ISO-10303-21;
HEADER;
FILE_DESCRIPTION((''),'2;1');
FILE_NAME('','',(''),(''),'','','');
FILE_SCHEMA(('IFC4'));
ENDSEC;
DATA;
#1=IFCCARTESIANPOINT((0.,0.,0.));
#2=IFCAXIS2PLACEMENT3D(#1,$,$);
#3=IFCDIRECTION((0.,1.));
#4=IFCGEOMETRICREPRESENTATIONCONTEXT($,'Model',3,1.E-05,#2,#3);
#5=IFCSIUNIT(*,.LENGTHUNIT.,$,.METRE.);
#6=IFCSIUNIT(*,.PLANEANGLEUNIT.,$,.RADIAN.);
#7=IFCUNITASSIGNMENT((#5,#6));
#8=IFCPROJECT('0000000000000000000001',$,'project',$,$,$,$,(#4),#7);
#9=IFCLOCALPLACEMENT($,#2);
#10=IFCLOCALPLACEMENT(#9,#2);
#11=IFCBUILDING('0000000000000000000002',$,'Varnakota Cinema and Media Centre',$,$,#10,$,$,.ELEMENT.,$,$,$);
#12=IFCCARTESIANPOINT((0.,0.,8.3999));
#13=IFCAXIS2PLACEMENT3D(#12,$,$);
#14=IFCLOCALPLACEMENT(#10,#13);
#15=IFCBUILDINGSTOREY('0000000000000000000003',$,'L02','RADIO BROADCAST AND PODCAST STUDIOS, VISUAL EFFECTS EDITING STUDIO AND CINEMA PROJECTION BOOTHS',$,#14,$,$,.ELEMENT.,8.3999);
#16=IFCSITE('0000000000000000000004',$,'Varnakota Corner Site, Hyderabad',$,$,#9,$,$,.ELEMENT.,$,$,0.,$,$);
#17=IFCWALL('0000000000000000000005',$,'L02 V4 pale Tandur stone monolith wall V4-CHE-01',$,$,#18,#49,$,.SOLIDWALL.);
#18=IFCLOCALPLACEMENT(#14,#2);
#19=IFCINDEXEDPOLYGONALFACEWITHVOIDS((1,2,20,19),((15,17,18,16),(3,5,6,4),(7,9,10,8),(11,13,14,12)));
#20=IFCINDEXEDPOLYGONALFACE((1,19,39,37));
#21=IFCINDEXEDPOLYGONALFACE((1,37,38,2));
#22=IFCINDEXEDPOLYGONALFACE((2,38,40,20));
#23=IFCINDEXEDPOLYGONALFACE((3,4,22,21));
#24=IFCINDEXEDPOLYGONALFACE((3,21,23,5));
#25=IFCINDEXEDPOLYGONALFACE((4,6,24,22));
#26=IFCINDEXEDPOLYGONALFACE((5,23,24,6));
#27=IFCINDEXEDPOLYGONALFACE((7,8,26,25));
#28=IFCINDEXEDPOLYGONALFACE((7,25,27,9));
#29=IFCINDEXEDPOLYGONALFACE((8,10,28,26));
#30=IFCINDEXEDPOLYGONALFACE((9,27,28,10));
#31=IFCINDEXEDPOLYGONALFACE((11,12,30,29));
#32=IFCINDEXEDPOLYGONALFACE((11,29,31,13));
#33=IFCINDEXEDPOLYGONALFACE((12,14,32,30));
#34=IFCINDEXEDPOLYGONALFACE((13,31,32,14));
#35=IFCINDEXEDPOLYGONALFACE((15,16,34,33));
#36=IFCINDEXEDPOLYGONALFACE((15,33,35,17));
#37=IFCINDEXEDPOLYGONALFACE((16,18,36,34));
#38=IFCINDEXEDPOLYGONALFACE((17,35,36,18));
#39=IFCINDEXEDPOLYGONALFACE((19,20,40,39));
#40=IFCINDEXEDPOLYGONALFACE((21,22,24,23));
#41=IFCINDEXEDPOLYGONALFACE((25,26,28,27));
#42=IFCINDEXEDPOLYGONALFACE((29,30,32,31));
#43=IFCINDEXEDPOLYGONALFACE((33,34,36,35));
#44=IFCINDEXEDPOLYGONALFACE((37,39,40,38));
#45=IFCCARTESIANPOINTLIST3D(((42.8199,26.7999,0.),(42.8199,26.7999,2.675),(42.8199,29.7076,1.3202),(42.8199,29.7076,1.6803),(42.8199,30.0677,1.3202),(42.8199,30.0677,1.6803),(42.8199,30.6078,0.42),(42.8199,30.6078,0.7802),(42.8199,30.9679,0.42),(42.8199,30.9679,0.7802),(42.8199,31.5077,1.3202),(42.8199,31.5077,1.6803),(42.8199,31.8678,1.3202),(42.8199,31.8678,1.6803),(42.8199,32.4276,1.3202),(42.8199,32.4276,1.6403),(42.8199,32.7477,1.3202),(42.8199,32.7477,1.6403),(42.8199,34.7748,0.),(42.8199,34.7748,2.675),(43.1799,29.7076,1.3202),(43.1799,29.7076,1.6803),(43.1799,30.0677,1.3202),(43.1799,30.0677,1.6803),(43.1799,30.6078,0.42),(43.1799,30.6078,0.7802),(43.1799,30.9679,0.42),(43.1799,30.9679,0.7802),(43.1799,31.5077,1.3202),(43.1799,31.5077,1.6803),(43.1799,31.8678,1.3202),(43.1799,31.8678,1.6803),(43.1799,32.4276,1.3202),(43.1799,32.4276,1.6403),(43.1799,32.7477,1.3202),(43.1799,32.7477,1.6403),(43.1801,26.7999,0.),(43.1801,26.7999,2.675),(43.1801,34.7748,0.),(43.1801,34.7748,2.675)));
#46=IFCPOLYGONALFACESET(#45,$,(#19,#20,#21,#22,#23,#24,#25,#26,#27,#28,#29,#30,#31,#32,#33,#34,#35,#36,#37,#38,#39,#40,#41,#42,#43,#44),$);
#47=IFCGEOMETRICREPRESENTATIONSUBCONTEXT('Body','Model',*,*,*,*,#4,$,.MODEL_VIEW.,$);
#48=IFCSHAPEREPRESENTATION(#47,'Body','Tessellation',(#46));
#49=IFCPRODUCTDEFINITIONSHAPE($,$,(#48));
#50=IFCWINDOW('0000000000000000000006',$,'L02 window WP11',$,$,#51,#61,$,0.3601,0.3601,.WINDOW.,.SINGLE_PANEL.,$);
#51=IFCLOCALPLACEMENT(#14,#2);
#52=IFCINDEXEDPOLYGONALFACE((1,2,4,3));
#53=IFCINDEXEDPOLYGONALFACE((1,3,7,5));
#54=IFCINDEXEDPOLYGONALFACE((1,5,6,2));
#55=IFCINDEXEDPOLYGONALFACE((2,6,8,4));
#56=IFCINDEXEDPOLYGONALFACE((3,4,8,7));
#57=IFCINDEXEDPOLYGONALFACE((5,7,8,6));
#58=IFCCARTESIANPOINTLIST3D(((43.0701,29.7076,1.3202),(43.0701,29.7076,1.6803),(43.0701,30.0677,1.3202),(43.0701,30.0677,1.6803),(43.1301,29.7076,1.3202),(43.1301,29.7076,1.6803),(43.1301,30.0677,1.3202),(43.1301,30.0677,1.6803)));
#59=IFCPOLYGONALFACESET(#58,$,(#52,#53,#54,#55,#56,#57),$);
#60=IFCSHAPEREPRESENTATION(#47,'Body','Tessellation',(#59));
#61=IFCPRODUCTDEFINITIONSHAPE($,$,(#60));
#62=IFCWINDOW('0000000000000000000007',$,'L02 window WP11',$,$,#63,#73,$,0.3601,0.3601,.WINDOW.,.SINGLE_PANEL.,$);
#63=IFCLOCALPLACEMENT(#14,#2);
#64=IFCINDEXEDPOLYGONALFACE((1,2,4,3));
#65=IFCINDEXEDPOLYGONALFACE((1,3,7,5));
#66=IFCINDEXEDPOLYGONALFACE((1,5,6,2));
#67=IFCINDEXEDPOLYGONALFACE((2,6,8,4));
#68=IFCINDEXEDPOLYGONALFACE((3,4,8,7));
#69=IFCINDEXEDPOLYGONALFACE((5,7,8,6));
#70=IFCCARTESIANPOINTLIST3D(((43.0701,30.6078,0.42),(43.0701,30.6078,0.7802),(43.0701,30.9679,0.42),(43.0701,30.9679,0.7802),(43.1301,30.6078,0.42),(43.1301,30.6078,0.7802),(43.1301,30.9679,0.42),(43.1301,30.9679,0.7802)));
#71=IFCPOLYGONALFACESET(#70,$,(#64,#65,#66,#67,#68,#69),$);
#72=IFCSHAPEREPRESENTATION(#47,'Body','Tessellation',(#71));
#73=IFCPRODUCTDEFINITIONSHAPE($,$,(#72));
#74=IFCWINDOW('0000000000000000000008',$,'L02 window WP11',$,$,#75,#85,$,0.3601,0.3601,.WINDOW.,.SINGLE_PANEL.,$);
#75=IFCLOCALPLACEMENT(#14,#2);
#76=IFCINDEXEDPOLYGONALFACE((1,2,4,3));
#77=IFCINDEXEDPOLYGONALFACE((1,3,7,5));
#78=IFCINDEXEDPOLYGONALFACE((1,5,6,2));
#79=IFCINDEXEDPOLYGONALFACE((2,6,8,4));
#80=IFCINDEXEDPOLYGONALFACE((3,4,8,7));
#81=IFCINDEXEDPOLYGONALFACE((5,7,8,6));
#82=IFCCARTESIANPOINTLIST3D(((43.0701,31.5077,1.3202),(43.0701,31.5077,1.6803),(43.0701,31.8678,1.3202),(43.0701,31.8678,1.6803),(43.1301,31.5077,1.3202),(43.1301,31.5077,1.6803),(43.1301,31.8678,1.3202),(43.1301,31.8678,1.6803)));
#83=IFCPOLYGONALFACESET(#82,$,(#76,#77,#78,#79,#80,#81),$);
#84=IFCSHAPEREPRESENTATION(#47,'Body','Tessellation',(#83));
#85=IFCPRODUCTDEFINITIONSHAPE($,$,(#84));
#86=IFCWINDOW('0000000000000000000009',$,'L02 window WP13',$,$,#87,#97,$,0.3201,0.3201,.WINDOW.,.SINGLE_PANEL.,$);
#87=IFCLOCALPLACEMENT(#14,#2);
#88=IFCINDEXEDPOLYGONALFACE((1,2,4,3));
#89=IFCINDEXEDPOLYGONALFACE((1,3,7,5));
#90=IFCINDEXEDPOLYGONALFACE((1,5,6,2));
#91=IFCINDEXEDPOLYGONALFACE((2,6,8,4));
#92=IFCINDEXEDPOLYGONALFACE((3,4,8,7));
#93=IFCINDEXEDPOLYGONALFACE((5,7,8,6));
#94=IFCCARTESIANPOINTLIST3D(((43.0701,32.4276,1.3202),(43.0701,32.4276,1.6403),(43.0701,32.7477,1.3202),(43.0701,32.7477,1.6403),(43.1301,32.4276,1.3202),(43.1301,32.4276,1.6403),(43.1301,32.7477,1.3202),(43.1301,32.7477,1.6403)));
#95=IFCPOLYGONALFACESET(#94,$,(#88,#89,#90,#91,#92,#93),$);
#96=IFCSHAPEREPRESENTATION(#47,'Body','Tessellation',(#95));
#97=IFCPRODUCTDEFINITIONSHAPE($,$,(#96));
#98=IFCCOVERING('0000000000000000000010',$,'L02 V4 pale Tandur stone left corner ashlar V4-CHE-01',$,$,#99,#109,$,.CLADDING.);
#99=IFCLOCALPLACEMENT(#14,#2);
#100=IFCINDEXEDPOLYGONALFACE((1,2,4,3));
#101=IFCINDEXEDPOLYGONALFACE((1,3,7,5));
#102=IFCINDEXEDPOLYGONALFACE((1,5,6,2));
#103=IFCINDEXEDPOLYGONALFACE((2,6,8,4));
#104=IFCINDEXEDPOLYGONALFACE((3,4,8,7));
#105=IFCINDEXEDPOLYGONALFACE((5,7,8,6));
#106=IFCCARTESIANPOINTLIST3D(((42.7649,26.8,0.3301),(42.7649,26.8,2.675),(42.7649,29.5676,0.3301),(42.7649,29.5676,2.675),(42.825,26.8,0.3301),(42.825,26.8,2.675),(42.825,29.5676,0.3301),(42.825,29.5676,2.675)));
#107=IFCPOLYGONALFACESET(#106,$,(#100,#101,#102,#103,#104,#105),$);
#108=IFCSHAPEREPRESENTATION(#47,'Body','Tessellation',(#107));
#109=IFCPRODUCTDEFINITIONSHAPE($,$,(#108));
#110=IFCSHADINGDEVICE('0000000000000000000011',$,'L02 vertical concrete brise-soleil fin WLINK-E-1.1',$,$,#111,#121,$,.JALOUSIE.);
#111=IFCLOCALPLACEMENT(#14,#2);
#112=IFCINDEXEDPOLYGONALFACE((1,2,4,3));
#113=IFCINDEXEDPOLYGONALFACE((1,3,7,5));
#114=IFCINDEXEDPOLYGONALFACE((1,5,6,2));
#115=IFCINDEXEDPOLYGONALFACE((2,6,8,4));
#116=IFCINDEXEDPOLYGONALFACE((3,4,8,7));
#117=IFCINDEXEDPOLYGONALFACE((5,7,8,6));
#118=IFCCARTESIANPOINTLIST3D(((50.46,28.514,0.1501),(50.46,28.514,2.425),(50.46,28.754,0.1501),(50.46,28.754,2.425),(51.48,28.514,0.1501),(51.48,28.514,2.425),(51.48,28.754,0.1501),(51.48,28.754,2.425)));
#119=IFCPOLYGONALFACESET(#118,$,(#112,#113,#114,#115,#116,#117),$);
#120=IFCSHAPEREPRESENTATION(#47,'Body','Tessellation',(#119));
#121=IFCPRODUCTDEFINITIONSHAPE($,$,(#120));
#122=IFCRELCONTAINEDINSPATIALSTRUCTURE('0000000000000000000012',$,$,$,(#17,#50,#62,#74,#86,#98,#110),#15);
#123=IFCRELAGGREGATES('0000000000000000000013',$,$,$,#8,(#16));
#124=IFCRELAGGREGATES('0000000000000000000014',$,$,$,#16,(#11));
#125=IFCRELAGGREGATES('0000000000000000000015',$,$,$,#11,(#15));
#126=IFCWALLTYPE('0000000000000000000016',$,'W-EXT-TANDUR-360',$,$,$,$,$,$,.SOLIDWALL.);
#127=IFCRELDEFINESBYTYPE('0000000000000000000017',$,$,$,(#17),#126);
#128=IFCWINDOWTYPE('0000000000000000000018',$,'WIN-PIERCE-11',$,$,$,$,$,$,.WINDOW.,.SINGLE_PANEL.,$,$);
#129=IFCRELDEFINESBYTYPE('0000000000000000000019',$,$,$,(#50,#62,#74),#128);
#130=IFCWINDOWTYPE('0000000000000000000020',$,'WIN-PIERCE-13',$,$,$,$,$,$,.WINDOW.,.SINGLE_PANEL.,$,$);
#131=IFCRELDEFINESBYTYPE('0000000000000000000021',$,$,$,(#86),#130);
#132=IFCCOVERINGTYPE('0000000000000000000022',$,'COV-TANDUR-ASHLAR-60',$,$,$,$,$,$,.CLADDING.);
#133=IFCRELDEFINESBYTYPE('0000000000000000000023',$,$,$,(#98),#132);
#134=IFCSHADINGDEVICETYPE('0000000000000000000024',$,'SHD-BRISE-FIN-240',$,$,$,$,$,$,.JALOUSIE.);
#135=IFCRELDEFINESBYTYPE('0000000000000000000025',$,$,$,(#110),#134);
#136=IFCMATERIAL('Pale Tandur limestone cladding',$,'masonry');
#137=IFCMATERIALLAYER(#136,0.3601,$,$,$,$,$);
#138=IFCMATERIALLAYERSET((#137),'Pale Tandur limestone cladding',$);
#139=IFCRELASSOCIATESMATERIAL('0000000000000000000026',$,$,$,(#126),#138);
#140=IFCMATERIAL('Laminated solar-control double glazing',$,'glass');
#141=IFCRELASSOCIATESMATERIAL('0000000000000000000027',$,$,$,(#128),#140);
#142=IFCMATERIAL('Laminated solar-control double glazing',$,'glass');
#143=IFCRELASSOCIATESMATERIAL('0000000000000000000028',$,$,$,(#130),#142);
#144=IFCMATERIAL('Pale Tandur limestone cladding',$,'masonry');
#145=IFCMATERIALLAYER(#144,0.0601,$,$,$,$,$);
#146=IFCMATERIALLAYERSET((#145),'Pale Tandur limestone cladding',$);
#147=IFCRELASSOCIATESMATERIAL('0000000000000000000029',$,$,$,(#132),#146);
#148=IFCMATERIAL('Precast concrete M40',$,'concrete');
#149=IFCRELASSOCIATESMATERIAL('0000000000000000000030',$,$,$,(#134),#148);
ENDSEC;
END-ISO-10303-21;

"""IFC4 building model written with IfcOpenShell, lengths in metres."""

from ifc_helpers import new_model, si_unit, direction, frame, frame_2d, origin, origin_2d, place, context, subcontext, project, spatial, rectangle, extrude, material, layer, layer_set, type_object, element, fill, save


model = new_model("IFC4")

# Units and contexts
model_context = context("Model", 3, precision=1e-05, world=origin(), true_north=direction((0.0, 1.0)))
body_context = subcontext(model_context, "Body", "Model", "MODEL_VIEW")
ifc_project = project(units=[si_unit("LENGTHUNIT", "METRE"), si_unit("PLANEANGLEUNIT", "RADIAN")], contexts=[model_context])

# Site, building, storey
site_placement = place(None, origin())
site = spatial("IfcSite", under=ifc_project, at=site_placement, Name="Varnakota Corner Site, Hyderabad", CompositionType="ELEMENT", RefElevation=0.0)
building_placement = place(site_placement, origin())
building = spatial("IfcBuilding", under=site, at=building_placement, Name="Varnakota Cinema and Media Centre", CompositionType="ELEMENT")
storey_placement = place(building_placement, frame((0.0, 0.0, 8.3999)))
storey = spatial("IfcBuildingStorey", under=building, at=storey_placement, Name="L02", Description="RADIO BROADCAST AND PODCAST STUDIOS, VISUAL EFFECTS EDITING STUDIO AND CINEMA PROJECTION BOOTHS", CompositionType="ELEMENT", Elevation=8.3999)

# Wall, openings, windows
ifc_material_1 = material(Name="Pale Tandur limestone cladding", Category="masonry")
ifc_layer_1 = layer(ifc_material_1, 0.3601)
ifc_layer_set_1 = layer_set([ifc_layer_1], Name="Pale Tandur limestone cladding")
wall_type_1 = type_object("IfcWallType", Name="W-EXT-TANDUR-360", PredefinedType="SOLIDWALL", material=ifc_layer_set_1)
wall_1_placement = place(storey_placement, frame((43.0, 26.8, 0.0), z_axis=(0.0, 0.0, 1.0), x_axis=(0.0, 1.0, 0.0)))
wall_1 = element("IfcWall", 1, at=wall_1_placement, inside=storey, type_object=wall_type_1, Name="L02 V4 pale Tandur stone monolith wall V4-CHE-01", PredefinedType="SOLIDWALL", context=body_context, shape_type="SweptSolid", body=[
    extrude(rectangle(XDim=7.9749, YDim=0.3601, at=frame_2d((3.9873, 0.0))), origin(), (0.0, 0.0, 1.0), 2.675),
])
opening_1_placement = place(wall_1_placement, frame((2.9075, 0.0, 1.3201)))
opening_1 = element("IfcOpeningElement", 2, at=opening_1_placement, cuts=wall_1, PredefinedType="OPENING", context=body_context, shape_type="SweptSolid", body=[
    extrude(rectangle(XDim=0.3601, YDim=0.3601, at=frame_2d((0.1802, 0.1802))), frame((0.0, 0.1802, 0.0), z_axis=(0.0, -1.0, 0.0), x_axis=(1.0, 0.0, 0.0)), (0.0, 0.0, 1.0), 0.3601),
])
opening_2_placement = place(wall_1_placement, frame((3.8076, 0.0, 0.4199)))
opening_2 = element("IfcOpeningElement", 3, at=opening_2_placement, cuts=wall_1, PredefinedType="OPENING", context=body_context, shape_type="SweptSolid", body=[
    extrude(rectangle(XDim=0.3601, YDim=0.3601, at=frame_2d((0.1802, 0.1802))), frame((0.0, 0.1802, 0.0), z_axis=(0.0, -1.0, 0.0), x_axis=(1.0, 0.0, 0.0)), (0.0, 0.0, 1.0), 0.3601),
])
opening_3_placement = place(wall_1_placement, frame((4.7075, 0.0, 1.3201)))
opening_3 = element("IfcOpeningElement", 4, at=opening_3_placement, cuts=wall_1, PredefinedType="OPENING", context=body_context, shape_type="SweptSolid", body=[
    extrude(rectangle(XDim=0.3601, YDim=0.3601, at=frame_2d((0.1802, 0.1802))), frame((0.0, 0.1802, 0.0), z_axis=(0.0, -1.0, 0.0), x_axis=(1.0, 0.0, 0.0)), (0.0, 0.0, 1.0), 0.3601),
])
opening_4_placement = place(wall_1_placement, frame((5.6274, 0.0, 1.3201)))
opening_4 = element("IfcOpeningElement", 5, at=opening_4_placement, cuts=wall_1, PredefinedType="OPENING", context=body_context, shape_type="SweptSolid", body=[
    extrude(rectangle(XDim=0.3201, YDim=0.3201, at=frame_2d((0.1602, 0.1602))), frame((0.0, 0.1802, 0.0), z_axis=(0.0, -1.0, 0.0), x_axis=(1.0, 0.0, 0.0)), (0.0, 0.0, 1.0), 0.3601),
])
ifc_material_2 = material(Name="Laminated solar-control double glazing", Category="glass")
window_type_1 = type_object("IfcWindowType", Name="WIN-PIERCE-11", PartitioningType="SINGLE_PANEL", PredefinedType="WINDOW", material=ifc_material_2)
window_1_placement = place(opening_1_placement, origin())
window_1 = element("IfcWindow", 6, at=window_1_placement, inside=storey, type_object=window_type_1, Name="L02 window WP11", OverallHeight=0.3601, OverallWidth=0.3601, PartitioningType="SINGLE_PANEL", PredefinedType="WINDOW", context=body_context, shape_type="SweptSolid", body=[
    extrude(rectangle(XDim=0.3601, YDim=0.3601, at=frame_2d((0.1802, 0.1802))), frame((0.0, -0.0701, 0.0), z_axis=(0.0, -1.0, 0.0), x_axis=(1.0, 0.0, 0.0)), (0.0, 0.0, 1.0), 0.0601),
])
fill(opening_1, window_1)
window_2_placement = place(opening_2_placement, origin())
window_2 = element("IfcWindow", 7, at=window_2_placement, inside=storey, type_object=window_type_1, Name="L02 window WP11", OverallHeight=0.3601, OverallWidth=0.3601, PartitioningType="SINGLE_PANEL", PredefinedType="WINDOW", context=body_context, shape_type="SweptSolid", body=[
    extrude(rectangle(XDim=0.3601, YDim=0.3601, at=frame_2d((0.1802, 0.1802))), frame((0.0, -0.0701, 0.0), z_axis=(0.0, -1.0, 0.0), x_axis=(1.0, 0.0, 0.0)), (0.0, 0.0, 1.0), 0.0601),
])
fill(opening_2, window_2)
window_3_placement = place(opening_3_placement, origin())
window_3 = element("IfcWindow", 8, at=window_3_placement, inside=storey, type_object=window_type_1, Name="L02 window WP11", OverallHeight=0.3601, OverallWidth=0.3601, PartitioningType="SINGLE_PANEL", PredefinedType="WINDOW", context=body_context, shape_type="SweptSolid", body=[
    extrude(rectangle(XDim=0.3601, YDim=0.3601, at=frame_2d((0.1802, 0.1802))), frame((0.0, -0.0701, 0.0), z_axis=(0.0, -1.0, 0.0), x_axis=(1.0, 0.0, 0.0)), (0.0, 0.0, 1.0), 0.0601),
])
fill(opening_3, window_3)
ifc_material_3 = material(Name="Laminated solar-control double glazing", Category="glass")
window_type_2 = type_object("IfcWindowType", Name="WIN-PIERCE-13", PartitioningType="SINGLE_PANEL", PredefinedType="WINDOW", material=ifc_material_3)
window_4_placement = place(opening_4_placement, origin())
window_4 = element("IfcWindow", 9, at=window_4_placement, inside=storey, type_object=window_type_2, Name="L02 window WP13", OverallHeight=0.3201, OverallWidth=0.3201, PartitioningType="SINGLE_PANEL", PredefinedType="WINDOW", context=body_context, shape_type="SweptSolid", body=[
    extrude(rectangle(XDim=0.3201, YDim=0.3201, at=frame_2d((0.1602, 0.1602))), frame((0.0, -0.0701, 0.0), z_axis=(0.0, -1.0, 0.0), x_axis=(1.0, 0.0, 0.0)), (0.0, 0.0, 1.0), 0.0601),
])
fill(opening_4, window_4)

# Covering
ifc_material_4 = material(Name="Pale Tandur limestone cladding", Category="masonry")
ifc_layer_2 = layer(ifc_material_4, 0.0601)
ifc_layer_set_2 = layer_set([ifc_layer_2], Name="Pale Tandur limestone cladding")
covering_type = type_object("IfcCoveringType", Name="COV-TANDUR-ASHLAR-60", PredefinedType="CLADDING", material=ifc_layer_set_2)
covering_placement = place(storey_placement, frame((42.7949, 28.1838, 0.3301), z_axis=(0.0, 0.0, 1.0), x_axis=(0.0, 1.0, 0.0)))
element("IfcCovering", 10, at=covering_placement, inside=storey, type_object=covering_type, Name="L02 V4 pale Tandur stone left corner ashlar V4-CHE-01", PredefinedType="CLADDING", context=body_context, shape_type="SweptSolid", body=[
    extrude(rectangle(XDim=2.7676, YDim=0.0601, at=origin_2d()), origin(), (0.0, 0.0, 1.0), 2.345),
])

# Shading device
ifc_material_5 = material(Name="Precast concrete M40", Category="concrete")
shading_device_type = type_object("IfcShadingDeviceType", Name="SHD-BRISE-FIN-240", PredefinedType="JALOUSIE", material=ifc_material_5)
shading_device_placement = place(storey_placement, frame((50.97, 28.634, 0.1501), z_axis=(0.0, 0.0, 1.0), x_axis=(0.0, 1.0, 0.0)))
element("IfcShadingDevice", 11, at=shading_device_placement, inside=storey, type_object=shading_device_type, Name="L02 vertical concrete brise-soleil fin WLINK-E-1.1", PredefinedType="JALOUSIE", context=body_context, shape_type="SweptSolid", body=[
    extrude(rectangle(XDim=0.24, YDim=1.02, at=origin_2d()), origin(), (0.0, 0.0, 1.0), 2.2749),
])

save(model, "model.ifc")
